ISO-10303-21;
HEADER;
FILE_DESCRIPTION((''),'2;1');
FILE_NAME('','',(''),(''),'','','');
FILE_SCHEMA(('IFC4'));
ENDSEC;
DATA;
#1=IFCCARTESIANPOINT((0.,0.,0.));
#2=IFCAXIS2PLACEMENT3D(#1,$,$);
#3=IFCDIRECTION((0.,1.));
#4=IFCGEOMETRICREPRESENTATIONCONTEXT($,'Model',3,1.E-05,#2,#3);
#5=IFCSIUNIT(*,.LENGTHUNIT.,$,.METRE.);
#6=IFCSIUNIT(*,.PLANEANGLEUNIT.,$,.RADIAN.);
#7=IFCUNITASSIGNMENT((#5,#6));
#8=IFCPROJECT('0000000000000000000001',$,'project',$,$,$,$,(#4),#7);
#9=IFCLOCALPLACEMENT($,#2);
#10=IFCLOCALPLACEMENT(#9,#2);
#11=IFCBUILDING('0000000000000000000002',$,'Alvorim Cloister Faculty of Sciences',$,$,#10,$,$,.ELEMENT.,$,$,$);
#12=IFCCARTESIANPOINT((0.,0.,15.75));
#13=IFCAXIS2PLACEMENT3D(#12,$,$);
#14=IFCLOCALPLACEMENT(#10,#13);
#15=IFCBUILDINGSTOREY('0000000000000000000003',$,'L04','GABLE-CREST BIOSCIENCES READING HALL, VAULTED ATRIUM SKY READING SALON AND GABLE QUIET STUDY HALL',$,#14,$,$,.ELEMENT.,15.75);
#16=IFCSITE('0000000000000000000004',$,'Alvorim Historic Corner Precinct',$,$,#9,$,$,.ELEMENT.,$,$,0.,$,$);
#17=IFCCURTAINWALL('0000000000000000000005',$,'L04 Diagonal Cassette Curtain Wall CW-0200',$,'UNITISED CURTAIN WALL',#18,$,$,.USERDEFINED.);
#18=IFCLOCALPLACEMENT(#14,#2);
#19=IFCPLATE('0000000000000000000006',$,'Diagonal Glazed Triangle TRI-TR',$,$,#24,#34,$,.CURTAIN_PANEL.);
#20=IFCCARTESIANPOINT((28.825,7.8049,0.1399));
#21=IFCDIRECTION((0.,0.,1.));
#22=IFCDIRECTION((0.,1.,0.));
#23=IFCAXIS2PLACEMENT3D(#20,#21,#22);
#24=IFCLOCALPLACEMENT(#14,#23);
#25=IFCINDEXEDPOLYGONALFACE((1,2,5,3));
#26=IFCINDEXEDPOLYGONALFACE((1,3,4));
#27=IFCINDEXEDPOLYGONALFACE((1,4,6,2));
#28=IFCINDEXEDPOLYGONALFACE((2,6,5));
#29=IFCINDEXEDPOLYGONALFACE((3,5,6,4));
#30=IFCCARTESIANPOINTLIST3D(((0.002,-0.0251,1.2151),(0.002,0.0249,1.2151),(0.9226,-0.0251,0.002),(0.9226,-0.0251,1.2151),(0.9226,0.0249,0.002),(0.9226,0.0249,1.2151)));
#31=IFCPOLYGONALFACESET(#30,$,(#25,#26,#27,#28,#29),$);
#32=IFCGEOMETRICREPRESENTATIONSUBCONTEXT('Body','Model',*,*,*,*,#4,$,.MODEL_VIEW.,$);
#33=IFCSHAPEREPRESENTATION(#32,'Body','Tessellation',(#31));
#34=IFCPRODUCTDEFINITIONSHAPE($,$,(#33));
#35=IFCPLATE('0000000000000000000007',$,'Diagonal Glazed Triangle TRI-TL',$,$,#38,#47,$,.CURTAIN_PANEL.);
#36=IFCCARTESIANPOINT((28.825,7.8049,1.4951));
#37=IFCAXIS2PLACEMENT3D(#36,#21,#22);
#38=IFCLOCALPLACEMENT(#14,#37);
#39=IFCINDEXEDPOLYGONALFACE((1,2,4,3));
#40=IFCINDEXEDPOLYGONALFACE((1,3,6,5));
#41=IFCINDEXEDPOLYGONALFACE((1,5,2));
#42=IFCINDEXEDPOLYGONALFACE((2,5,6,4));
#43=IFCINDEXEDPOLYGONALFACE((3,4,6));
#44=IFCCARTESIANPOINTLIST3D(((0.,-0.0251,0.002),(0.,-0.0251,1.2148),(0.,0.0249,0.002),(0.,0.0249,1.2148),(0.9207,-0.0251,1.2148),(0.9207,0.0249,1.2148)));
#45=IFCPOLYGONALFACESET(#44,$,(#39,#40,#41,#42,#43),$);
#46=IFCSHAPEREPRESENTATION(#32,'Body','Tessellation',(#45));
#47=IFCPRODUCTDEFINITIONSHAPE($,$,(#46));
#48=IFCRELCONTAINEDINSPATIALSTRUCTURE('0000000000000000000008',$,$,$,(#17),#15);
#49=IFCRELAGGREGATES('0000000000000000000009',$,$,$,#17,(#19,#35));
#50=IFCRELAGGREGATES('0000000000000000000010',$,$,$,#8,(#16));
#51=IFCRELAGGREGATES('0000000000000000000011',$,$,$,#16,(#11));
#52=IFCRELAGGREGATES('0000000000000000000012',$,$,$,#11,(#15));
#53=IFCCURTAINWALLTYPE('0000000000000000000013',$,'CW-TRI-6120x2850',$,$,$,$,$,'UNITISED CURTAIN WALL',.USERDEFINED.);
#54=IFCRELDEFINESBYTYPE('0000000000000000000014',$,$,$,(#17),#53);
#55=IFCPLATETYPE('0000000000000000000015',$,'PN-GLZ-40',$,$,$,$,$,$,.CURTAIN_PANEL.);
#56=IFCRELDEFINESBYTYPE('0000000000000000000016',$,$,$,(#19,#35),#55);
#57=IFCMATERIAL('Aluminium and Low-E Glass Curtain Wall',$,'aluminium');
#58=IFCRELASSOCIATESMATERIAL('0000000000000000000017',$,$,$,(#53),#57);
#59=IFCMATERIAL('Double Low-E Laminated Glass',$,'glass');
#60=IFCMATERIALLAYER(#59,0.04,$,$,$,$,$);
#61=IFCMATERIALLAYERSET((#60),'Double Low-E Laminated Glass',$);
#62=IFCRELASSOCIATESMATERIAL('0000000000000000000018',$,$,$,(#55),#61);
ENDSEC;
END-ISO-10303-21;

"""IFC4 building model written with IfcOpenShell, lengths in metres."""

from ifc_helpers import new_model, si_unit, direction, frame, origin, place, context, subcontext, project, spatial, polyline, outline, extrude, material, layer, layer_set, type_object, element, aggregate, save


model = new_model("IFC4")

# Units and contexts
model_context = context("Model", 3, precision=1e-05, world=origin(), true_north=direction((0.0, 1.0)))
body_context = subcontext(model_context, "Body", "Model", "MODEL_VIEW")
ifc_project = project(units=[si_unit("LENGTHUNIT", "METRE"), si_unit("PLANEANGLEUNIT", "RADIAN")], contexts=[model_context])

# Site, building, storey
site_placement = place(None, origin())
site = spatial("IfcSite", under=ifc_project, at=site_placement, Name="Alvorim Historic Corner Precinct", CompositionType="ELEMENT", RefElevation=0.0)
building_placement = place(site_placement, origin())
building = spatial("IfcBuilding", under=site, at=building_placement, Name="Alvorim Cloister Faculty of Sciences", CompositionType="ELEMENT")
storey_placement = place(building_placement, frame((0.0, 0.0, 15.75)))
storey = spatial("IfcBuildingStorey", under=building, at=storey_placement, Name="L04", Description="GABLE-CREST BIOSCIENCES READING HALL, VAULTED ATRIUM SKY READING SALON AND GABLE QUIET STUDY HALL", CompositionType="ELEMENT", Elevation=15.75)

# Curtain wall, plates
ifc_material_1 = material(Name="Aluminium and Low-E Glass Curtain Wall", Category="aluminium")
curtain_wall_type = type_object("IfcCurtainWallType", Name="CW-TRI-6120x2850", ElementType="UNITISED CURTAIN WALL", PredefinedType="USERDEFINED", material=ifc_material_1)
curtain_wall_placement = place(storey_placement, origin())
curtain_wall = element("IfcCurtainWall", 1, at=curtain_wall_placement, inside=storey, type_object=curtain_wall_type, Name="L04 Diagonal Cassette Curtain Wall CW-0200", ObjectType="UNITISED CURTAIN WALL", PredefinedType="USERDEFINED")
ifc_material_2 = material(Name="Double Low-E Laminated Glass", Category="glass")
ifc_layer_1 = layer(ifc_material_2, 0.04)
ifc_layer_set_1 = layer_set([ifc_layer_1], Name="Double Low-E Laminated Glass")
plate_type = type_object("IfcPlateType", Name="PN-GLZ-40", PredefinedType="CURTAIN_PANEL", material=ifc_layer_set_1)
plate_1_placement = place(storey_placement, frame((28.825, 7.8049, 0.1399), z_axis=(0.0, 0.0, 1.0), x_axis=(0.0, 1.0, 0.0)))
plate_1 = element("IfcPlate", 2, at=plate_1_placement, type_object=plate_type, Name="Diagonal Glazed Triangle TRI-TR", PredefinedType="CURTAIN_PANEL", context=body_context, shape_type="SweptSolid", body=[
    extrude(outline(polyline([(0.9226, 0.002), (0.9226, 1.2151), (0.002, 1.2151), (0.9226, 0.002)])), frame((0.0, 0.0249, 0.0), z_axis=(0.0, -1.0, 0.0), x_axis=(1.0, 0.0, 0.0)), (0.0, 0.0, 1.0), 0.05),
])
plate_2_placement = place(storey_placement, frame((28.825, 7.8049, 1.4951), z_axis=(0.0, 0.0, 1.0), x_axis=(0.0, 1.0, 0.0)))
plate_2 = element("IfcPlate", 3, at=plate_2_placement, type_object=plate_type, Name="Diagonal Glazed Triangle TRI-TL", PredefinedType="CURTAIN_PANEL", context=body_context, shape_type="SweptSolid", body=[
    extrude(outline(polyline([(0.9207, 1.2148), (0.0, 1.2148), (0.0, 0.002), (0.9207, 1.2148)])), frame((0.0, 0.0249, 0.0), z_axis=(0.0, -1.0, 0.0), x_axis=(1.0, 0.0, 0.0)), (0.0, 0.0, 1.0), 0.05),
])
aggregate(curtain_wall, [plate_1, plate_2])

save(model, "model.ifc")
